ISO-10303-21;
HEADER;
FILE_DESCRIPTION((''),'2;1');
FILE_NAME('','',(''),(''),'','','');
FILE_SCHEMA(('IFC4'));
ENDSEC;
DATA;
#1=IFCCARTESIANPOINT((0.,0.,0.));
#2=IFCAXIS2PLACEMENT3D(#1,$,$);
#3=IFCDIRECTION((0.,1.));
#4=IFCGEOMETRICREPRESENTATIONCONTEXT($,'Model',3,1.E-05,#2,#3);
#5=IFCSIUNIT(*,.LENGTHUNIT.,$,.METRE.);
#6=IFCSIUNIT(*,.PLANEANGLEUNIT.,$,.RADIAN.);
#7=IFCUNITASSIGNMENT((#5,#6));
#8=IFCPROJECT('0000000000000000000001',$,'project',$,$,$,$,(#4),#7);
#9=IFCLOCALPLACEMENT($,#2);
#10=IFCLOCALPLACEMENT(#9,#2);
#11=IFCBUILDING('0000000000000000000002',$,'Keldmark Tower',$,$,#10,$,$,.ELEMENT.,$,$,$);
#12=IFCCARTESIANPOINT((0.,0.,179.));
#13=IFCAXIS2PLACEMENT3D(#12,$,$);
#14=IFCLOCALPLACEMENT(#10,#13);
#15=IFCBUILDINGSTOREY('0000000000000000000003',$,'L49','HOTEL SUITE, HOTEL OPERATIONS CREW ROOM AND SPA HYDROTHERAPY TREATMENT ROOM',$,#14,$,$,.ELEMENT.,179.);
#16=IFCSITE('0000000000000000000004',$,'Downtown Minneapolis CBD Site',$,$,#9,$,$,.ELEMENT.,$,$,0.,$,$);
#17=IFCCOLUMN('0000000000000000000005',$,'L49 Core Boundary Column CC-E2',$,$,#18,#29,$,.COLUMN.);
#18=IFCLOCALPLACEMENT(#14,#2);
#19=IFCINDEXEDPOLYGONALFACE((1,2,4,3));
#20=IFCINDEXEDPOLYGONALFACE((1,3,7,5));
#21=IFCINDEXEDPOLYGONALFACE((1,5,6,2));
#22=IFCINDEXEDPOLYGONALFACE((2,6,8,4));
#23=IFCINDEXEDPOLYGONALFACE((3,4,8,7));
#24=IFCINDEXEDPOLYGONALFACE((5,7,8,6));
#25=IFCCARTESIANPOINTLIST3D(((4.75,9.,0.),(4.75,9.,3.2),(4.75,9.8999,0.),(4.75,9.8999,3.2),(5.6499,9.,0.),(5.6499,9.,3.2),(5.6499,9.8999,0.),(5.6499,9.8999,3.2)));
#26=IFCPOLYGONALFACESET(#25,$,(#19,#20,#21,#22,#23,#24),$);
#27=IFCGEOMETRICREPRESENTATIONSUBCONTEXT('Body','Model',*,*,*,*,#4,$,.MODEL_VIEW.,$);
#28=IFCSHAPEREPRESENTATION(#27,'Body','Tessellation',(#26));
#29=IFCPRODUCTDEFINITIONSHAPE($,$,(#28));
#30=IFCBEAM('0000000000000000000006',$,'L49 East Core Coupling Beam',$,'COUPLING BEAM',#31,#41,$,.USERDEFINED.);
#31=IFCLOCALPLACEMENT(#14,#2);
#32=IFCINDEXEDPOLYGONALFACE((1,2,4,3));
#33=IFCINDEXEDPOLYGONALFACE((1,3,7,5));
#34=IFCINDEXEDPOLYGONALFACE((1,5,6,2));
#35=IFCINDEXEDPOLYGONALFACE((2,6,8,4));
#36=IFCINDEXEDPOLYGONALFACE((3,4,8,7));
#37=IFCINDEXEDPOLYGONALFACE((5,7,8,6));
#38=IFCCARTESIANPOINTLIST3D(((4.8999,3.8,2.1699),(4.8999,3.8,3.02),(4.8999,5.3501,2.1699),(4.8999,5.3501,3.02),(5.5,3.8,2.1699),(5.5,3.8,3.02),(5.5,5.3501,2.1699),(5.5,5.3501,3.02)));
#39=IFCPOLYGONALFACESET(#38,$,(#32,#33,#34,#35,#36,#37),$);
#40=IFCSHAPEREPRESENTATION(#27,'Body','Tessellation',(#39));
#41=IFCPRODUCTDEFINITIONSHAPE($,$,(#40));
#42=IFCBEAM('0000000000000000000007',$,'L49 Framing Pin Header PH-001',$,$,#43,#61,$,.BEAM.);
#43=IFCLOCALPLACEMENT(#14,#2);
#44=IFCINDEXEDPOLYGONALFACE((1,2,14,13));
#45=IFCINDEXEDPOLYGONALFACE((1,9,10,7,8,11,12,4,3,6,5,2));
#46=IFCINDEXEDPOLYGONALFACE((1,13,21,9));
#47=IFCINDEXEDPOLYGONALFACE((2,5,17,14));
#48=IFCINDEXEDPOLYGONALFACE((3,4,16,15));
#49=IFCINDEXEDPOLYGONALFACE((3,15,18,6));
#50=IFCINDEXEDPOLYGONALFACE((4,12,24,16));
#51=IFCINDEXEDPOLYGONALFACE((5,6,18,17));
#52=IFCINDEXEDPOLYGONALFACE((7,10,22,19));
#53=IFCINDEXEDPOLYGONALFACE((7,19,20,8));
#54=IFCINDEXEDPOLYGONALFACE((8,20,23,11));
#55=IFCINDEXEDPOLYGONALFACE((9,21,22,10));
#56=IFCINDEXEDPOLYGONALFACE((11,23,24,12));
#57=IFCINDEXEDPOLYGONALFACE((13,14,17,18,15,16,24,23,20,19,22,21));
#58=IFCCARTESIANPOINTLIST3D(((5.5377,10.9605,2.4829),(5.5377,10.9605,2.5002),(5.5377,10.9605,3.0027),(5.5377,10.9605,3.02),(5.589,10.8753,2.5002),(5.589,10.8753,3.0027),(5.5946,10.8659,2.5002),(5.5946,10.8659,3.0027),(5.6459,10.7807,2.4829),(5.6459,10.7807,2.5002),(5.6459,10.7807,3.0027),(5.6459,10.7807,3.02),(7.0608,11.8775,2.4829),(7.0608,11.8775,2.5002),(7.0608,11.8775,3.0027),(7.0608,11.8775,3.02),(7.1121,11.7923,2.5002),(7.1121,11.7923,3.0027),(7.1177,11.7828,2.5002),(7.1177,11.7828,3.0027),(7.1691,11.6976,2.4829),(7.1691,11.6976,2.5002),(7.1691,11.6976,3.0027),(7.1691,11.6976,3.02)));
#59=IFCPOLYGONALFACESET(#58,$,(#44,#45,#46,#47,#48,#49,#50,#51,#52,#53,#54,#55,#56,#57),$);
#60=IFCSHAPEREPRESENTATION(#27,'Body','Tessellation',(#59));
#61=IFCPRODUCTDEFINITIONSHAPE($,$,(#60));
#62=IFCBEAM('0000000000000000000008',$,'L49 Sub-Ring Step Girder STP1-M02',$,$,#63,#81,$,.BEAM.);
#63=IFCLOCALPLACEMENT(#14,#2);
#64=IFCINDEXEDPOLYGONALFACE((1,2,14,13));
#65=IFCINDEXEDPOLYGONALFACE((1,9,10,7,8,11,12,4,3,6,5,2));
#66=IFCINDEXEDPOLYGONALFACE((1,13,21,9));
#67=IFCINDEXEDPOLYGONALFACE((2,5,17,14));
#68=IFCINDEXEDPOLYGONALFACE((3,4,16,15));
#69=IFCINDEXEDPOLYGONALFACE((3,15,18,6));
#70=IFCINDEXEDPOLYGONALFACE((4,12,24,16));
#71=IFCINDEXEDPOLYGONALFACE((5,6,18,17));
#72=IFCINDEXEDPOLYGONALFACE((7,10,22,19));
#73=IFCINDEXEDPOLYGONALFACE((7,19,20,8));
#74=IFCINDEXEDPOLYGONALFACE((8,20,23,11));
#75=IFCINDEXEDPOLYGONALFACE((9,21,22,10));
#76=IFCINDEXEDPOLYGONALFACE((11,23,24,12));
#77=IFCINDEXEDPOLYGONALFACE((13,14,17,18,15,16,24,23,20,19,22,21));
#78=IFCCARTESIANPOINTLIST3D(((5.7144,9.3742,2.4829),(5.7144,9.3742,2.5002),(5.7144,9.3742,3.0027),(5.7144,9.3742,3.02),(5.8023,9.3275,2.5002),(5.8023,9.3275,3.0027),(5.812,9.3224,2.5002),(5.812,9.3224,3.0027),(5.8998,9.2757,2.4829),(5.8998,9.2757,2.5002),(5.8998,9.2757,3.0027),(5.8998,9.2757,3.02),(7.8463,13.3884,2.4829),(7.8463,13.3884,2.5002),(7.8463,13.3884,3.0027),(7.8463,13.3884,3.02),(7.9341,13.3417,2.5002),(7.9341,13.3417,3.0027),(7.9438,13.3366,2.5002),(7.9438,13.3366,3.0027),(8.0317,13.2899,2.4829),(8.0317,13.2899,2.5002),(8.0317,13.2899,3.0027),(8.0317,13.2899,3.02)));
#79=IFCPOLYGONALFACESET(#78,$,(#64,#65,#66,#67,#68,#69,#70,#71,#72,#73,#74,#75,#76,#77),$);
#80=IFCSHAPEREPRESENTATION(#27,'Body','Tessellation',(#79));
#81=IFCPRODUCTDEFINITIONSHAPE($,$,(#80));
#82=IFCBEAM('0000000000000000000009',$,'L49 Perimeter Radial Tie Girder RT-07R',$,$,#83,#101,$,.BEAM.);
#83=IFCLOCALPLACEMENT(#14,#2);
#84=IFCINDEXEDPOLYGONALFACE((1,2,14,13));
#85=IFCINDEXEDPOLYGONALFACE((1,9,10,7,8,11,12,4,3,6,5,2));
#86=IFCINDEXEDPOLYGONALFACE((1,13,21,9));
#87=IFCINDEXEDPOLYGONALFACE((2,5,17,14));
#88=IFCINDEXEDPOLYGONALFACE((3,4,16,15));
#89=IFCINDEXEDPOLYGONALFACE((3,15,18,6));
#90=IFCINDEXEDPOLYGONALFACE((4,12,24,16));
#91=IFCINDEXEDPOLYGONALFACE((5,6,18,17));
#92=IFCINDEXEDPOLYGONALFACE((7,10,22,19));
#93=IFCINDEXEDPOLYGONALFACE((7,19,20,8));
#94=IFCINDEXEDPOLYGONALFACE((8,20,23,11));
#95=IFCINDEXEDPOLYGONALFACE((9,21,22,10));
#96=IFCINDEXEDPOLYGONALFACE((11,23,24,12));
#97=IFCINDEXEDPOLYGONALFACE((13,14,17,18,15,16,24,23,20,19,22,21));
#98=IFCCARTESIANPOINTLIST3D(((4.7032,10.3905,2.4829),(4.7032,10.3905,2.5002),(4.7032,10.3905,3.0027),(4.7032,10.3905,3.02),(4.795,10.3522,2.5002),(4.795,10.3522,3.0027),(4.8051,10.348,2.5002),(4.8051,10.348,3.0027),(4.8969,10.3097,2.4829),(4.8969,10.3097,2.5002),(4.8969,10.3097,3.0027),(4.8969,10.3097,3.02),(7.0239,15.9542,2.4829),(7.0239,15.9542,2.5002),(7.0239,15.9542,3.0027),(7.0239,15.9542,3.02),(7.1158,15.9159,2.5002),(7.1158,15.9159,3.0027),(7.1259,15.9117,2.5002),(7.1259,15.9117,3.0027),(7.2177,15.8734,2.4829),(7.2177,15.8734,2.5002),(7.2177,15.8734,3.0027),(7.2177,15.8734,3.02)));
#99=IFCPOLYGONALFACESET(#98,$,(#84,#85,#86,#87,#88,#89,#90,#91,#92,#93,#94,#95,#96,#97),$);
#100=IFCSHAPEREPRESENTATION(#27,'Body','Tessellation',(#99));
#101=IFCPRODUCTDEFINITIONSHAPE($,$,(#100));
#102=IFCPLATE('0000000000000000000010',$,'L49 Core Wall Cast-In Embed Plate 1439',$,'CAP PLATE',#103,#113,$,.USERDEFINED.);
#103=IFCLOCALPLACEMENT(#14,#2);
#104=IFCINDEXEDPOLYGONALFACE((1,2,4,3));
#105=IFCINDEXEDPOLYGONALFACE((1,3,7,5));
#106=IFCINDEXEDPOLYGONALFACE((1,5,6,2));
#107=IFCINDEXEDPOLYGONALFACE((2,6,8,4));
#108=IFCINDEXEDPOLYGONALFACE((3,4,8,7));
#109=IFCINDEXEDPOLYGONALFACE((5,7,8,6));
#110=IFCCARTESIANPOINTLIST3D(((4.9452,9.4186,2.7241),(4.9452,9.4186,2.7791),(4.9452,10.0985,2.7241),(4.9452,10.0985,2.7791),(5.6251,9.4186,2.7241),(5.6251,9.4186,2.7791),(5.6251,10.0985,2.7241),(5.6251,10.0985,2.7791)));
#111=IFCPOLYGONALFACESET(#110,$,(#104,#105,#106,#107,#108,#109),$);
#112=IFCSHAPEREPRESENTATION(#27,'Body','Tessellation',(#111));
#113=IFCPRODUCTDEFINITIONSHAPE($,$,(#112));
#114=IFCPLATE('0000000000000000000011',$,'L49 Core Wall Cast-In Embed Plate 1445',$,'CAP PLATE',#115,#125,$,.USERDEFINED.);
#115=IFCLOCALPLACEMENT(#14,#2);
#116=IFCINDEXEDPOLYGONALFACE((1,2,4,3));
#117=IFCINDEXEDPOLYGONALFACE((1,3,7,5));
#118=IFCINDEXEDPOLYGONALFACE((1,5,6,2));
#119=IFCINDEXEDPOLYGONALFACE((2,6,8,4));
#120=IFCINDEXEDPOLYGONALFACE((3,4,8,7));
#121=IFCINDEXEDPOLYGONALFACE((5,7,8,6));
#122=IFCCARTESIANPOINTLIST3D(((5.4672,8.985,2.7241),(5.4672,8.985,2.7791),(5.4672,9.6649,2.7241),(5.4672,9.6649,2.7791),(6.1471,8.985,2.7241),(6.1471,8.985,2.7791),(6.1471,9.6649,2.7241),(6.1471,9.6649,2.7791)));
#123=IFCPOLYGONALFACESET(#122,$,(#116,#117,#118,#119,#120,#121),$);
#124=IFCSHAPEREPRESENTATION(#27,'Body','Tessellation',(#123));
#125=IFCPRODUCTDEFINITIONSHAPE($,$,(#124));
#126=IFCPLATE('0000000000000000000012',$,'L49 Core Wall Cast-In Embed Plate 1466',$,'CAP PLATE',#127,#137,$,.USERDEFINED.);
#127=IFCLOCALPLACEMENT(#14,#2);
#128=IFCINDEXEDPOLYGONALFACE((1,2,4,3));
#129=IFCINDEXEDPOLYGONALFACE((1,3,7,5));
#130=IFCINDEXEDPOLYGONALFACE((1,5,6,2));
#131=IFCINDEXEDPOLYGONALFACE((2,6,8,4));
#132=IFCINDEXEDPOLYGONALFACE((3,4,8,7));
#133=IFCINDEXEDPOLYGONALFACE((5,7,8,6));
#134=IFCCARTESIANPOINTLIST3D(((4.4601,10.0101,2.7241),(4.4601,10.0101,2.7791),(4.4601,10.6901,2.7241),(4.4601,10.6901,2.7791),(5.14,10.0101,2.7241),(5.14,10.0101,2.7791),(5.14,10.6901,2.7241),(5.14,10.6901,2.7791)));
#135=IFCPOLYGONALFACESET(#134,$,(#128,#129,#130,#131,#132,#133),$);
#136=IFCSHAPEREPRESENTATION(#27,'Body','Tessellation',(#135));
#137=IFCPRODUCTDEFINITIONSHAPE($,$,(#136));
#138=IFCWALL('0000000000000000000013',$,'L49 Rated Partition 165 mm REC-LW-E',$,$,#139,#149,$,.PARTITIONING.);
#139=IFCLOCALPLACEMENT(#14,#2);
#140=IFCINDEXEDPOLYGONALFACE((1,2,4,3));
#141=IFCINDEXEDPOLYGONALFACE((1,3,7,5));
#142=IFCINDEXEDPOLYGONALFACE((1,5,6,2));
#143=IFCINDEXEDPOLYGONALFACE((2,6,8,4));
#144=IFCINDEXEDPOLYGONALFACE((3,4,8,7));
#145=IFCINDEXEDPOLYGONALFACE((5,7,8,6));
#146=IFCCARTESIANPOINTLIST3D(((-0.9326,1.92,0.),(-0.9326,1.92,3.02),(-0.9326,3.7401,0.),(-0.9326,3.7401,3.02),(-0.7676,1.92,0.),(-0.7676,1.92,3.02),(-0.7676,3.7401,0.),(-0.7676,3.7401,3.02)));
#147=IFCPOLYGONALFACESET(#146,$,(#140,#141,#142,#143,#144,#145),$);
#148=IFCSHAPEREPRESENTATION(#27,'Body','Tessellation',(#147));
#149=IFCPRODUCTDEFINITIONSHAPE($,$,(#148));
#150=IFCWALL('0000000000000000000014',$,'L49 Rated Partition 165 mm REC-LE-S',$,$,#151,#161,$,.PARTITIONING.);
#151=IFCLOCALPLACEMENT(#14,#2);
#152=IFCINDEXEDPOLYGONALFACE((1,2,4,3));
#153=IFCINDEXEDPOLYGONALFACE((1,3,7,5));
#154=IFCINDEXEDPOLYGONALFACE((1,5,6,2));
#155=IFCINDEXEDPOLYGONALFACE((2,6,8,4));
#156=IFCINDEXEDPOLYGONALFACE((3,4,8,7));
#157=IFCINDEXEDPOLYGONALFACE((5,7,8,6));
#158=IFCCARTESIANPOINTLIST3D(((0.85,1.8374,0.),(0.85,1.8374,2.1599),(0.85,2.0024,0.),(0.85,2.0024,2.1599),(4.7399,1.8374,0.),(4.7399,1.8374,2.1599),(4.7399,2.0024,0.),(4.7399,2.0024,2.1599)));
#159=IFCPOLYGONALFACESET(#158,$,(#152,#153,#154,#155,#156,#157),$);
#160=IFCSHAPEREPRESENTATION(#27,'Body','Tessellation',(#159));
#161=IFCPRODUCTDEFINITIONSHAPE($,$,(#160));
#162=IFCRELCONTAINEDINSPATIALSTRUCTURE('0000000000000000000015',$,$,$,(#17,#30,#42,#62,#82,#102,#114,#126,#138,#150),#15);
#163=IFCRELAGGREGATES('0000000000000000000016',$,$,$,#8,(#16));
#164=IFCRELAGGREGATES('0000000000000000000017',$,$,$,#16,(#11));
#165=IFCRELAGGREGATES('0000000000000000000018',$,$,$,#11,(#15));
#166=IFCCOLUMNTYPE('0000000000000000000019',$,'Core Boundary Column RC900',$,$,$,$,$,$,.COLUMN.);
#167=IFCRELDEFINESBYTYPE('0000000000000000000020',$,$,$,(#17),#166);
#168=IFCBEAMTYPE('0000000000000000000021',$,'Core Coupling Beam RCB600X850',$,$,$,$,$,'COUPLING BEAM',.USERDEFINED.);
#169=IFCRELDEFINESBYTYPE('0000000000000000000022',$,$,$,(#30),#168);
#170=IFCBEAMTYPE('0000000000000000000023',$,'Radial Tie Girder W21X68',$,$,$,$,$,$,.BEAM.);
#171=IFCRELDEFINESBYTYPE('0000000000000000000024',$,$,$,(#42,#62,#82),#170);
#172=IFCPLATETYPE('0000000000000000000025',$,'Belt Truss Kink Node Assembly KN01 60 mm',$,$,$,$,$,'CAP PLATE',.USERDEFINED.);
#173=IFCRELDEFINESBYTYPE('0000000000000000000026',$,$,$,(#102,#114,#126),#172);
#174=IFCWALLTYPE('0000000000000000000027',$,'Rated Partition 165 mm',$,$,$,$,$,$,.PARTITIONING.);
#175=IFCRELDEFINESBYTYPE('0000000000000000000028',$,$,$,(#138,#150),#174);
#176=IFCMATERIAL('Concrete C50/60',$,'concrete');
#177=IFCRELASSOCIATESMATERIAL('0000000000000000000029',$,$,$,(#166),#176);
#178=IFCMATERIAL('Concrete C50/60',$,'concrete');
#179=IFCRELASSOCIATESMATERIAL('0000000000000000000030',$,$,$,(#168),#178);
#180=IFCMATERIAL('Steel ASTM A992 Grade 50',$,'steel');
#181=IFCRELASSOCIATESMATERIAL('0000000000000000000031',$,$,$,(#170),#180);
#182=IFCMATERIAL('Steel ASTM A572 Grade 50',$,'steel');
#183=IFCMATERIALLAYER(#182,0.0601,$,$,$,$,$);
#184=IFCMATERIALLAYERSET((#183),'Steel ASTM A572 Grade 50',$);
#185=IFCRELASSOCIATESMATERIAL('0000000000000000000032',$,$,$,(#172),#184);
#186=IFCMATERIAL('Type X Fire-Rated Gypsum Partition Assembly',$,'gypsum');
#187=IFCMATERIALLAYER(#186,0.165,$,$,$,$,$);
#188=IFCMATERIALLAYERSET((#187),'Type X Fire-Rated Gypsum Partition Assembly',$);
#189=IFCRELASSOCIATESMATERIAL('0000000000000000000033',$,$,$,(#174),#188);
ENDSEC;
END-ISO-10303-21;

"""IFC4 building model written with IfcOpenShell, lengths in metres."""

from ifc_helpers import new_model, si_unit, direction, frame, frame_2d, origin, origin_2d, place, context, subcontext, project, spatial, rectangle, i_section, extrude, material, layer, layer_set, material_profile, profile_set, type_object, element, save


model = new_model("IFC4")

# Units and contexts
model_context = context("Model", 3, precision=1e-05, world=origin(), true_north=direction((0.0, 1.0)))
body_context = subcontext(model_context, "Body", "Model", "MODEL_VIEW")
ifc_project = project(units=[si_unit("LENGTHUNIT", "METRE"), si_unit("PLANEANGLEUNIT", "RADIAN")], contexts=[model_context])

# Site, building, storey
site_placement = place(None, origin())
site = spatial("IfcSite", under=ifc_project, at=site_placement, Name="Downtown Minneapolis CBD Site", CompositionType="ELEMENT", RefElevation=0.0)
building_placement = place(site_placement, origin())
building = spatial("IfcBuilding", under=site, at=building_placement, Name="Keldmark Tower", CompositionType="ELEMENT")
storey_placement = place(building_placement, frame((0.0, 0.0, 179.0)))
storey = spatial("IfcBuildingStorey", under=building, at=storey_placement, Name="L49", Description="HOTEL SUITE, HOTEL OPERATIONS CREW ROOM AND SPA HYDROTHERAPY TREATMENT ROOM", CompositionType="ELEMENT", Elevation=179.0)

# Column
ifc_material_1 = material(Name="Concrete C50/60", Category="concrete")
ifc_material_profile_1 = material_profile(ifc_material_1, rectangle(XDim=0.8999, YDim=0.8999, at=origin_2d()), Name="RC900X900")
ifc_profile_set_1 = profile_set([ifc_material_profile_1], Name="Concrete C50/60")
column_type = type_object("IfcColumnType", Name="Core Boundary Column RC900", PredefinedType="COLUMN", material=ifc_profile_set_1)
column_placement = place(storey_placement, frame((5.2, 9.45, 0.0), z_axis=(0.0, 0.0, 1.0), x_axis=(1.0, 0.0, 0.0)))
element("IfcColumn", 1, at=column_placement, inside=storey, type_object=column_type, Name="L49 Core Boundary Column CC-E2", PredefinedType="COLUMN", context=body_context, shape_type="SweptSolid", body=[
    extrude(rectangle(XDim=0.8999, YDim=0.8999, at=origin_2d()), origin(), (0.0, 0.0, 1.0), 3.2),
])

# Beams
ifc_material_2 = material(Name="Concrete C50/60", Category="concrete")
ifc_material_profile_2 = material_profile(ifc_material_2, rectangle(XDim=0.6001, YDim=0.8501, at=origin_2d()), Name="RCB600X850")
ifc_profile_set_2 = profile_set([ifc_material_profile_2], Name="Concrete C50/60")
beam_type_1 = type_object("IfcBeamType", Name="Core Coupling Beam RCB600X850", ElementType="COUPLING BEAM", PredefinedType="USERDEFINED", material=ifc_profile_set_2)
beam_1_placement = place(storey_placement, frame((5.2, 3.8, 2.595), z_axis=(0.0, 1.0, 0.0), x_axis=(-1.0, 0.0, 0.0)))
element("IfcBeam", 2, at=beam_1_placement, inside=storey, type_object=beam_type_1, Name="L49 East Core Coupling Beam", ObjectType="COUPLING BEAM", PredefinedType="USERDEFINED", context=body_context, shape_type="SweptSolid", body=[
    extrude(rectangle(XDim=0.6001, YDim=0.8501, at=origin_2d()), origin(), (0.0, 0.0, 1.0), 1.55),
])
ifc_material_3 = material(Name="Steel ASTM A992 Grade 50", Category="steel")
ifc_material_profile_3 = material_profile(ifc_material_3, i_section(OverallWidth=0.21, OverallDepth=0.5371, WebThickness=0.011, FlangeThickness=0.0173, at=origin_2d()), Name="W21X68")
ifc_profile_set_3 = profile_set([ifc_material_profile_3], Name="Steel ASTM A992 Grade 50")
beam_type_2 = type_object("IfcBeamType", Name="Radial Tie Girder W21X68", PredefinedType="BEAM", material=ifc_profile_set_3)
beam_2_placement = place(storey_placement, frame((5.5918, 10.8706, 2.7515), z_axis=(0.856729, 0.515767, 0.0), x_axis=(-0.515767, 0.856729, 0.0)))
element("IfcBeam", 3, at=beam_2_placement, inside=storey, type_object=beam_type_2, Name="L49 Framing Pin Header PH-001", PredefinedType="BEAM", context=body_context, shape_type="SweptSolid", body=[
    extrude(i_section(OverallWidth=0.21, OverallDepth=0.5371, WebThickness=0.011, FlangeThickness=0.0173, at=origin_2d()), origin(), (0.0, 0.0, 1.0), 1.7778),
])
beam_3_placement = place(storey_placement, frame((5.8071, 9.325, 2.7515), z_axis=(0.469037, 0.883178, 0.0), x_axis=(-0.883178, 0.469037, 0.0)))
element("IfcBeam", 4, at=beam_3_placement, inside=storey, type_object=beam_type_2, Name="L49 Sub-Ring Step Girder STP1-M02", PredefinedType="BEAM", context=body_context, shape_type="SweptSolid", body=[
    extrude(i_section(OverallWidth=0.21, OverallDepth=0.5371, WebThickness=0.011, FlangeThickness=0.0173, at=origin_2d()), origin(), (0.0, 0.0, 1.0), 4.5452),
])
beam_4_placement = place(storey_placement, frame((4.8, 10.3501, 2.7515), z_axis=(0.384981, 0.922925, 0.0), x_axis=(-0.922925, 0.384981, 0.0)))
element("IfcBeam", 5, at=beam_4_placement, inside=storey, type_object=beam_type_2, Name="L49 Perimeter Radial Tie Girder RT-07R", PredefinedType="BEAM", context=body_context, shape_type="SweptSolid", body=[
    extrude(i_section(OverallWidth=0.21, OverallDepth=0.5371, WebThickness=0.011, FlangeThickness=0.0173, at=origin_2d()), origin(), (0.0, 0.0, 1.0), 6.0283),
])

# Plates
ifc_material_4 = material(Name="Steel ASTM A572 Grade 50", Category="steel")
ifc_layer_1 = layer(ifc_material_4, 0.0601)
ifc_layer_set_1 = layer_set([ifc_layer_1], Name="Steel ASTM A572 Grade 50")
plate_type = type_object("IfcPlateType", Name="Belt Truss Kink Node Assembly KN01 60 mm", ElementType="CAP PLATE", PredefinedType="USERDEFINED", material=ifc_layer_set_1)
for number, where, z_axis, x_axis, name in (
    (6, (5.2852, 9.7585, 2.7241), (0.0, 0.0, 1.0), (1.0, 0.0, 0.0), "L49 Core Wall Cast-In Embed Plate 1439"),
    (7, (5.8071, 9.325, 2.7241), (0.0, 0.0, 1.0), (1.0, 0.0, 0.0), "L49 Core Wall Cast-In Embed Plate 1445"),
    (8, (4.8, 10.3501, 2.7241), (0.0, 0.0, 1.0), (1.0, 0.0, 0.0), "L49 Core Wall Cast-In Embed Plate 1466"),
):
    element("IfcPlate", number, at=place(storey_placement, frame(where, z_axis=z_axis, x_axis=x_axis)), inside=storey, type_object=plate_type, Name=name, ObjectType="CAP PLATE", PredefinedType="USERDEFINED", context=body_context, shape_type="SweptSolid", body=[
        extrude(rectangle(XDim=0.6799, YDim=0.6799, at=origin_2d()), origin(), (0.0, 0.0, 1.0), 0.0549),
    ])

# Walls
ifc_material_5 = material(Name="Type X Fire-Rated Gypsum Partition Assembly", Category="gypsum")
ifc_layer_2 = layer(ifc_material_5, 0.165)
ifc_layer_set_2 = layer_set([ifc_layer_2], Name="Type X Fire-Rated Gypsum Partition Assembly")
wall_type_1 = type_object("IfcWallType", Name="Rated Partition 165 mm", PredefinedType="PARTITIONING", material=ifc_layer_set_2)
wall_1_placement = place(storey_placement, frame((-0.8501, 1.9199, 0.0), z_axis=(0.0, 0.0, 1.0), x_axis=(0.0, 1.0, 0.0)))
element("IfcWall", 9, at=wall_1_placement, inside=storey, type_object=wall_type_1, Name="L49 Rated Partition 165 mm REC-LW-E", PredefinedType="PARTITIONING", context=body_context, shape_type="SweptSolid", body=[
    extrude(rectangle(XDim=1.8201, YDim=0.165, at=frame_2d((0.9102, 0.0))), origin(), (0.0, 0.0, 1.0), 3.02),
])
wall_2_placement = place(storey_placement, frame((0.8501, 1.9199, 0.0), z_axis=(0.0, 0.0, 1.0), x_axis=(1.0, 0.0, 0.0)))
element("IfcWall", 10, at=wall_2_placement, inside=storey, type_object=wall_type_1, Name="L49 Rated Partition 165 mm REC-LE-S", PredefinedType="PARTITIONING", context=body_context, shape_type="SweptSolid", body=[
    extrude(rectangle(XDim=3.8899, YDim=0.165, at=frame_2d((1.9448, 0.0))), origin(), (0.0, 0.0, 1.0), 2.1599),
])

save(model, "model.ifc")
